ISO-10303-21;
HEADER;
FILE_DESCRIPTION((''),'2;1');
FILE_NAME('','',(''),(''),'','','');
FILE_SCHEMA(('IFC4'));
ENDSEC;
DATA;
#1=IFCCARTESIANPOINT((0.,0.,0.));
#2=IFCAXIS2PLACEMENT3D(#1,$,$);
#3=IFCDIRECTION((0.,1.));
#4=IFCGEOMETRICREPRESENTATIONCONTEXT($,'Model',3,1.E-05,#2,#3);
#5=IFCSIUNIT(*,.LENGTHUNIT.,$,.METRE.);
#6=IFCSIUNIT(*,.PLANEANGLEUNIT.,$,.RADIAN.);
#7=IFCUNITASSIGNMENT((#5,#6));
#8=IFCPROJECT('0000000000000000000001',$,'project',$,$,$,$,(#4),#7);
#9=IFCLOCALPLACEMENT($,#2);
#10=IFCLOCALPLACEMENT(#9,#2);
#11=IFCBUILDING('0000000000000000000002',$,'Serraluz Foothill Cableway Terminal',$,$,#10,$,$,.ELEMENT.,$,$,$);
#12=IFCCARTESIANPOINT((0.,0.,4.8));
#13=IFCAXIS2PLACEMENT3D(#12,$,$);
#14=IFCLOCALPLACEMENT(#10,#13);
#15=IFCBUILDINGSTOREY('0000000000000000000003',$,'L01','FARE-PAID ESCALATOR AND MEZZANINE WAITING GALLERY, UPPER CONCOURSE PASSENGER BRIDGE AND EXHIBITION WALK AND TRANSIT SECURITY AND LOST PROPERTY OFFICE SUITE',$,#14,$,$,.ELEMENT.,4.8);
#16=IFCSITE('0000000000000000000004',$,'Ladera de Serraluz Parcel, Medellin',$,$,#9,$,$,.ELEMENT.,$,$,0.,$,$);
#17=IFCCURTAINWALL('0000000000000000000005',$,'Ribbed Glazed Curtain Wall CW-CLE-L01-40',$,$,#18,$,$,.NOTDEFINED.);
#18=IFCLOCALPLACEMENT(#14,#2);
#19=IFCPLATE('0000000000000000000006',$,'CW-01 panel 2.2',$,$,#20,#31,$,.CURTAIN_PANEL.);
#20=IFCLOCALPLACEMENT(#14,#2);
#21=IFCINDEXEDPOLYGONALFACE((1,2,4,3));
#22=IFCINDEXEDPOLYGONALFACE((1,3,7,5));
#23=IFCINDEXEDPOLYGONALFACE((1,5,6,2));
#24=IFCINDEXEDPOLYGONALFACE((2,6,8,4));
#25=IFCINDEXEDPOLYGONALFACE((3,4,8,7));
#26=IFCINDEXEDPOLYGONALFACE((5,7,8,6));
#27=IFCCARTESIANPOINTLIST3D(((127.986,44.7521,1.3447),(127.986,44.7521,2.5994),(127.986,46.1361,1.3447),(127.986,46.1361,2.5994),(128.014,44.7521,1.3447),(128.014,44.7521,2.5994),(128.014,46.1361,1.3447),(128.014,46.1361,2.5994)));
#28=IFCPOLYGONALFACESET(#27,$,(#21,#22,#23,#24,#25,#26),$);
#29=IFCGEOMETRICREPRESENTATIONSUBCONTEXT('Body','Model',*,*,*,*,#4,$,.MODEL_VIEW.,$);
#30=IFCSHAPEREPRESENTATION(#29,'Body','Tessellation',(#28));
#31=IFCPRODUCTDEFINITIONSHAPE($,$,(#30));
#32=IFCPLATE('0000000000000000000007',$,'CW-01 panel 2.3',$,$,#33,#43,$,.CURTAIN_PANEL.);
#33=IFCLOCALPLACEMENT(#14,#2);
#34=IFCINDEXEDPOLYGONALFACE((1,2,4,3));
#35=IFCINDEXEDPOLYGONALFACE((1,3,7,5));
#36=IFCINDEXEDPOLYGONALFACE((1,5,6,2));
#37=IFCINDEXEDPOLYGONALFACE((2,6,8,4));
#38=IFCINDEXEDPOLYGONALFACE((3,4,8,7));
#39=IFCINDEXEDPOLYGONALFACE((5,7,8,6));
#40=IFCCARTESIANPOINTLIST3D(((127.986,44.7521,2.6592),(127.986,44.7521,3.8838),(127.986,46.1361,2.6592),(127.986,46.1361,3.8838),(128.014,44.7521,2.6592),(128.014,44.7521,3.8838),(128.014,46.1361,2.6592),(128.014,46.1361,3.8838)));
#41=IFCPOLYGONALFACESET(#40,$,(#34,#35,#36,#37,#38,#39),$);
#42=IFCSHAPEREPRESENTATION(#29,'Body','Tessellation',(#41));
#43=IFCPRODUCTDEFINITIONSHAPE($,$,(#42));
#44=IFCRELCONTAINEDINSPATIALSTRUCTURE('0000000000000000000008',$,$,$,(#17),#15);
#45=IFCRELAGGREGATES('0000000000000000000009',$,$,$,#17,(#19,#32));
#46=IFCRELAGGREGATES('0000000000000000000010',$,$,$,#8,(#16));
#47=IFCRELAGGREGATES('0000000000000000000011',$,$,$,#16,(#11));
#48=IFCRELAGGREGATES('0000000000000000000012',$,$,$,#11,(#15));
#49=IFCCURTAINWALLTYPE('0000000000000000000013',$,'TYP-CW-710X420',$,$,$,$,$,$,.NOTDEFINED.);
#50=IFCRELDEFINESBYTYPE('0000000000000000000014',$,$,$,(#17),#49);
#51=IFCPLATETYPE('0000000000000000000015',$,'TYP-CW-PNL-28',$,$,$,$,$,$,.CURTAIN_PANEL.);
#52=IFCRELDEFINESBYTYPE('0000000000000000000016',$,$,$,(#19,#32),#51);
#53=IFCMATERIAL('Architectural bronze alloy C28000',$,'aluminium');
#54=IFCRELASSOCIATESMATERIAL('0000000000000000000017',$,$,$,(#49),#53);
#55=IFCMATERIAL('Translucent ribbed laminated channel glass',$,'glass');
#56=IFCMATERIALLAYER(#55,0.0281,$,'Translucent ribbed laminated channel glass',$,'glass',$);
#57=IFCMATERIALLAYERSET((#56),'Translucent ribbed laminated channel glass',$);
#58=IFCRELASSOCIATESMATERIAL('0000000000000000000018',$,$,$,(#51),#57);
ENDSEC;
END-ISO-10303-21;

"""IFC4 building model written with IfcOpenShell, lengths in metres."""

from ifc_helpers import new_model, si_unit, direction, frame, origin, origin_2d, place, context, subcontext, project, spatial, rectangle, extrude, material, layer, layer_set, type_object, element, aggregate, save


model = new_model("IFC4")

# Units and contexts
model_context = context("Model", 3, precision=1e-05, world=origin(), true_north=direction((0.0, 1.0)))
body_context = subcontext(model_context, "Body", "Model", "MODEL_VIEW")
ifc_project = project(units=[si_unit("LENGTHUNIT", "METRE"), si_unit("PLANEANGLEUNIT", "RADIAN")], contexts=[model_context])

# Site, building, storey
site_placement = place(None, origin())
site = spatial("IfcSite", under=ifc_project, at=site_placement, Name="Ladera de Serraluz Parcel, Medellin", CompositionType="ELEMENT", RefElevation=0.0)
building_placement = place(site_placement, origin())
building = spatial("IfcBuilding", under=site, at=building_placement, Name="Serraluz Foothill Cableway Terminal", CompositionType="ELEMENT")
storey_placement = place(building_placement, frame((0.0, 0.0, 4.8)))
storey = spatial("IfcBuildingStorey", under=building, at=storey_placement, Name="L01", Description="FARE-PAID ESCALATOR AND MEZZANINE WAITING GALLERY, UPPER CONCOURSE PASSENGER BRIDGE AND EXHIBITION WALK AND TRANSIT SECURITY AND LOST PROPERTY OFFICE SUITE", CompositionType="ELEMENT", Elevation=4.8)

# Curtain wall
ifc_material_1 = material(Name="Architectural bronze alloy C28000", Category="aluminium")
curtain_wall_type = type_object("IfcCurtainWallType", Name="TYP-CW-710X420", PredefinedType="NOTDEFINED", material=ifc_material_1)
curtain_wall_1_placement = place(storey_placement, origin())
curtain_wall_1 = element("IfcCurtainWall", 1, at=curtain_wall_1_placement, inside=storey, type_object=curtain_wall_type, Name="Ribbed Glazed Curtain Wall CW-CLE-L01-40", PredefinedType="NOTDEFINED")

# Plates
ifc_material_2 = material(Name="Translucent ribbed laminated channel glass", Category="glass")
ifc_layer = layer(ifc_material_2, 0.0281, Name="Translucent ribbed laminated channel glass", Category="glass")
ifc_layer_set = layer_set([ifc_layer], Name="Translucent ribbed laminated channel glass")
plate_type = type_object("IfcPlateType", Name="TYP-CW-PNL-28", PredefinedType="CURTAIN_PANEL", material=ifc_layer_set)
plate_1_placement = place(storey_placement, frame((128.0, 45.4441, 1.3447), z_axis=(0.0, 0.0, 1.0), x_axis=(0.0, -1.0, 0.0)))
plate_1 = element("IfcPlate", 2, at=plate_1_placement, type_object=plate_type, Name="CW-01 panel 2.2", PredefinedType="CURTAIN_PANEL", context=body_context, shape_type="SweptSolid", body=[
    extrude(rectangle(XDim=1.384, YDim=0.0281, at=origin_2d()), origin(), (0.0, 0.0, 1.0), 1.2546),
])
plate_2_placement = place(storey_placement, frame((128.0, 45.4441, 2.6592), z_axis=(0.0, 0.0, 1.0), x_axis=(0.0, -1.0, 0.0)))
plate_2 = element("IfcPlate", 3, at=plate_2_placement, type_object=plate_type, Name="CW-01 panel 2.3", PredefinedType="CURTAIN_PANEL", context=body_context, shape_type="SweptSolid", body=[
    extrude(rectangle(XDim=1.384, YDim=0.0281, at=origin_2d()), origin(), (0.0, 0.0, 1.0), 1.2246),
])
aggregate(curtain_wall_1, [plate_1, plate_2])

save(model, "model.ifc")
